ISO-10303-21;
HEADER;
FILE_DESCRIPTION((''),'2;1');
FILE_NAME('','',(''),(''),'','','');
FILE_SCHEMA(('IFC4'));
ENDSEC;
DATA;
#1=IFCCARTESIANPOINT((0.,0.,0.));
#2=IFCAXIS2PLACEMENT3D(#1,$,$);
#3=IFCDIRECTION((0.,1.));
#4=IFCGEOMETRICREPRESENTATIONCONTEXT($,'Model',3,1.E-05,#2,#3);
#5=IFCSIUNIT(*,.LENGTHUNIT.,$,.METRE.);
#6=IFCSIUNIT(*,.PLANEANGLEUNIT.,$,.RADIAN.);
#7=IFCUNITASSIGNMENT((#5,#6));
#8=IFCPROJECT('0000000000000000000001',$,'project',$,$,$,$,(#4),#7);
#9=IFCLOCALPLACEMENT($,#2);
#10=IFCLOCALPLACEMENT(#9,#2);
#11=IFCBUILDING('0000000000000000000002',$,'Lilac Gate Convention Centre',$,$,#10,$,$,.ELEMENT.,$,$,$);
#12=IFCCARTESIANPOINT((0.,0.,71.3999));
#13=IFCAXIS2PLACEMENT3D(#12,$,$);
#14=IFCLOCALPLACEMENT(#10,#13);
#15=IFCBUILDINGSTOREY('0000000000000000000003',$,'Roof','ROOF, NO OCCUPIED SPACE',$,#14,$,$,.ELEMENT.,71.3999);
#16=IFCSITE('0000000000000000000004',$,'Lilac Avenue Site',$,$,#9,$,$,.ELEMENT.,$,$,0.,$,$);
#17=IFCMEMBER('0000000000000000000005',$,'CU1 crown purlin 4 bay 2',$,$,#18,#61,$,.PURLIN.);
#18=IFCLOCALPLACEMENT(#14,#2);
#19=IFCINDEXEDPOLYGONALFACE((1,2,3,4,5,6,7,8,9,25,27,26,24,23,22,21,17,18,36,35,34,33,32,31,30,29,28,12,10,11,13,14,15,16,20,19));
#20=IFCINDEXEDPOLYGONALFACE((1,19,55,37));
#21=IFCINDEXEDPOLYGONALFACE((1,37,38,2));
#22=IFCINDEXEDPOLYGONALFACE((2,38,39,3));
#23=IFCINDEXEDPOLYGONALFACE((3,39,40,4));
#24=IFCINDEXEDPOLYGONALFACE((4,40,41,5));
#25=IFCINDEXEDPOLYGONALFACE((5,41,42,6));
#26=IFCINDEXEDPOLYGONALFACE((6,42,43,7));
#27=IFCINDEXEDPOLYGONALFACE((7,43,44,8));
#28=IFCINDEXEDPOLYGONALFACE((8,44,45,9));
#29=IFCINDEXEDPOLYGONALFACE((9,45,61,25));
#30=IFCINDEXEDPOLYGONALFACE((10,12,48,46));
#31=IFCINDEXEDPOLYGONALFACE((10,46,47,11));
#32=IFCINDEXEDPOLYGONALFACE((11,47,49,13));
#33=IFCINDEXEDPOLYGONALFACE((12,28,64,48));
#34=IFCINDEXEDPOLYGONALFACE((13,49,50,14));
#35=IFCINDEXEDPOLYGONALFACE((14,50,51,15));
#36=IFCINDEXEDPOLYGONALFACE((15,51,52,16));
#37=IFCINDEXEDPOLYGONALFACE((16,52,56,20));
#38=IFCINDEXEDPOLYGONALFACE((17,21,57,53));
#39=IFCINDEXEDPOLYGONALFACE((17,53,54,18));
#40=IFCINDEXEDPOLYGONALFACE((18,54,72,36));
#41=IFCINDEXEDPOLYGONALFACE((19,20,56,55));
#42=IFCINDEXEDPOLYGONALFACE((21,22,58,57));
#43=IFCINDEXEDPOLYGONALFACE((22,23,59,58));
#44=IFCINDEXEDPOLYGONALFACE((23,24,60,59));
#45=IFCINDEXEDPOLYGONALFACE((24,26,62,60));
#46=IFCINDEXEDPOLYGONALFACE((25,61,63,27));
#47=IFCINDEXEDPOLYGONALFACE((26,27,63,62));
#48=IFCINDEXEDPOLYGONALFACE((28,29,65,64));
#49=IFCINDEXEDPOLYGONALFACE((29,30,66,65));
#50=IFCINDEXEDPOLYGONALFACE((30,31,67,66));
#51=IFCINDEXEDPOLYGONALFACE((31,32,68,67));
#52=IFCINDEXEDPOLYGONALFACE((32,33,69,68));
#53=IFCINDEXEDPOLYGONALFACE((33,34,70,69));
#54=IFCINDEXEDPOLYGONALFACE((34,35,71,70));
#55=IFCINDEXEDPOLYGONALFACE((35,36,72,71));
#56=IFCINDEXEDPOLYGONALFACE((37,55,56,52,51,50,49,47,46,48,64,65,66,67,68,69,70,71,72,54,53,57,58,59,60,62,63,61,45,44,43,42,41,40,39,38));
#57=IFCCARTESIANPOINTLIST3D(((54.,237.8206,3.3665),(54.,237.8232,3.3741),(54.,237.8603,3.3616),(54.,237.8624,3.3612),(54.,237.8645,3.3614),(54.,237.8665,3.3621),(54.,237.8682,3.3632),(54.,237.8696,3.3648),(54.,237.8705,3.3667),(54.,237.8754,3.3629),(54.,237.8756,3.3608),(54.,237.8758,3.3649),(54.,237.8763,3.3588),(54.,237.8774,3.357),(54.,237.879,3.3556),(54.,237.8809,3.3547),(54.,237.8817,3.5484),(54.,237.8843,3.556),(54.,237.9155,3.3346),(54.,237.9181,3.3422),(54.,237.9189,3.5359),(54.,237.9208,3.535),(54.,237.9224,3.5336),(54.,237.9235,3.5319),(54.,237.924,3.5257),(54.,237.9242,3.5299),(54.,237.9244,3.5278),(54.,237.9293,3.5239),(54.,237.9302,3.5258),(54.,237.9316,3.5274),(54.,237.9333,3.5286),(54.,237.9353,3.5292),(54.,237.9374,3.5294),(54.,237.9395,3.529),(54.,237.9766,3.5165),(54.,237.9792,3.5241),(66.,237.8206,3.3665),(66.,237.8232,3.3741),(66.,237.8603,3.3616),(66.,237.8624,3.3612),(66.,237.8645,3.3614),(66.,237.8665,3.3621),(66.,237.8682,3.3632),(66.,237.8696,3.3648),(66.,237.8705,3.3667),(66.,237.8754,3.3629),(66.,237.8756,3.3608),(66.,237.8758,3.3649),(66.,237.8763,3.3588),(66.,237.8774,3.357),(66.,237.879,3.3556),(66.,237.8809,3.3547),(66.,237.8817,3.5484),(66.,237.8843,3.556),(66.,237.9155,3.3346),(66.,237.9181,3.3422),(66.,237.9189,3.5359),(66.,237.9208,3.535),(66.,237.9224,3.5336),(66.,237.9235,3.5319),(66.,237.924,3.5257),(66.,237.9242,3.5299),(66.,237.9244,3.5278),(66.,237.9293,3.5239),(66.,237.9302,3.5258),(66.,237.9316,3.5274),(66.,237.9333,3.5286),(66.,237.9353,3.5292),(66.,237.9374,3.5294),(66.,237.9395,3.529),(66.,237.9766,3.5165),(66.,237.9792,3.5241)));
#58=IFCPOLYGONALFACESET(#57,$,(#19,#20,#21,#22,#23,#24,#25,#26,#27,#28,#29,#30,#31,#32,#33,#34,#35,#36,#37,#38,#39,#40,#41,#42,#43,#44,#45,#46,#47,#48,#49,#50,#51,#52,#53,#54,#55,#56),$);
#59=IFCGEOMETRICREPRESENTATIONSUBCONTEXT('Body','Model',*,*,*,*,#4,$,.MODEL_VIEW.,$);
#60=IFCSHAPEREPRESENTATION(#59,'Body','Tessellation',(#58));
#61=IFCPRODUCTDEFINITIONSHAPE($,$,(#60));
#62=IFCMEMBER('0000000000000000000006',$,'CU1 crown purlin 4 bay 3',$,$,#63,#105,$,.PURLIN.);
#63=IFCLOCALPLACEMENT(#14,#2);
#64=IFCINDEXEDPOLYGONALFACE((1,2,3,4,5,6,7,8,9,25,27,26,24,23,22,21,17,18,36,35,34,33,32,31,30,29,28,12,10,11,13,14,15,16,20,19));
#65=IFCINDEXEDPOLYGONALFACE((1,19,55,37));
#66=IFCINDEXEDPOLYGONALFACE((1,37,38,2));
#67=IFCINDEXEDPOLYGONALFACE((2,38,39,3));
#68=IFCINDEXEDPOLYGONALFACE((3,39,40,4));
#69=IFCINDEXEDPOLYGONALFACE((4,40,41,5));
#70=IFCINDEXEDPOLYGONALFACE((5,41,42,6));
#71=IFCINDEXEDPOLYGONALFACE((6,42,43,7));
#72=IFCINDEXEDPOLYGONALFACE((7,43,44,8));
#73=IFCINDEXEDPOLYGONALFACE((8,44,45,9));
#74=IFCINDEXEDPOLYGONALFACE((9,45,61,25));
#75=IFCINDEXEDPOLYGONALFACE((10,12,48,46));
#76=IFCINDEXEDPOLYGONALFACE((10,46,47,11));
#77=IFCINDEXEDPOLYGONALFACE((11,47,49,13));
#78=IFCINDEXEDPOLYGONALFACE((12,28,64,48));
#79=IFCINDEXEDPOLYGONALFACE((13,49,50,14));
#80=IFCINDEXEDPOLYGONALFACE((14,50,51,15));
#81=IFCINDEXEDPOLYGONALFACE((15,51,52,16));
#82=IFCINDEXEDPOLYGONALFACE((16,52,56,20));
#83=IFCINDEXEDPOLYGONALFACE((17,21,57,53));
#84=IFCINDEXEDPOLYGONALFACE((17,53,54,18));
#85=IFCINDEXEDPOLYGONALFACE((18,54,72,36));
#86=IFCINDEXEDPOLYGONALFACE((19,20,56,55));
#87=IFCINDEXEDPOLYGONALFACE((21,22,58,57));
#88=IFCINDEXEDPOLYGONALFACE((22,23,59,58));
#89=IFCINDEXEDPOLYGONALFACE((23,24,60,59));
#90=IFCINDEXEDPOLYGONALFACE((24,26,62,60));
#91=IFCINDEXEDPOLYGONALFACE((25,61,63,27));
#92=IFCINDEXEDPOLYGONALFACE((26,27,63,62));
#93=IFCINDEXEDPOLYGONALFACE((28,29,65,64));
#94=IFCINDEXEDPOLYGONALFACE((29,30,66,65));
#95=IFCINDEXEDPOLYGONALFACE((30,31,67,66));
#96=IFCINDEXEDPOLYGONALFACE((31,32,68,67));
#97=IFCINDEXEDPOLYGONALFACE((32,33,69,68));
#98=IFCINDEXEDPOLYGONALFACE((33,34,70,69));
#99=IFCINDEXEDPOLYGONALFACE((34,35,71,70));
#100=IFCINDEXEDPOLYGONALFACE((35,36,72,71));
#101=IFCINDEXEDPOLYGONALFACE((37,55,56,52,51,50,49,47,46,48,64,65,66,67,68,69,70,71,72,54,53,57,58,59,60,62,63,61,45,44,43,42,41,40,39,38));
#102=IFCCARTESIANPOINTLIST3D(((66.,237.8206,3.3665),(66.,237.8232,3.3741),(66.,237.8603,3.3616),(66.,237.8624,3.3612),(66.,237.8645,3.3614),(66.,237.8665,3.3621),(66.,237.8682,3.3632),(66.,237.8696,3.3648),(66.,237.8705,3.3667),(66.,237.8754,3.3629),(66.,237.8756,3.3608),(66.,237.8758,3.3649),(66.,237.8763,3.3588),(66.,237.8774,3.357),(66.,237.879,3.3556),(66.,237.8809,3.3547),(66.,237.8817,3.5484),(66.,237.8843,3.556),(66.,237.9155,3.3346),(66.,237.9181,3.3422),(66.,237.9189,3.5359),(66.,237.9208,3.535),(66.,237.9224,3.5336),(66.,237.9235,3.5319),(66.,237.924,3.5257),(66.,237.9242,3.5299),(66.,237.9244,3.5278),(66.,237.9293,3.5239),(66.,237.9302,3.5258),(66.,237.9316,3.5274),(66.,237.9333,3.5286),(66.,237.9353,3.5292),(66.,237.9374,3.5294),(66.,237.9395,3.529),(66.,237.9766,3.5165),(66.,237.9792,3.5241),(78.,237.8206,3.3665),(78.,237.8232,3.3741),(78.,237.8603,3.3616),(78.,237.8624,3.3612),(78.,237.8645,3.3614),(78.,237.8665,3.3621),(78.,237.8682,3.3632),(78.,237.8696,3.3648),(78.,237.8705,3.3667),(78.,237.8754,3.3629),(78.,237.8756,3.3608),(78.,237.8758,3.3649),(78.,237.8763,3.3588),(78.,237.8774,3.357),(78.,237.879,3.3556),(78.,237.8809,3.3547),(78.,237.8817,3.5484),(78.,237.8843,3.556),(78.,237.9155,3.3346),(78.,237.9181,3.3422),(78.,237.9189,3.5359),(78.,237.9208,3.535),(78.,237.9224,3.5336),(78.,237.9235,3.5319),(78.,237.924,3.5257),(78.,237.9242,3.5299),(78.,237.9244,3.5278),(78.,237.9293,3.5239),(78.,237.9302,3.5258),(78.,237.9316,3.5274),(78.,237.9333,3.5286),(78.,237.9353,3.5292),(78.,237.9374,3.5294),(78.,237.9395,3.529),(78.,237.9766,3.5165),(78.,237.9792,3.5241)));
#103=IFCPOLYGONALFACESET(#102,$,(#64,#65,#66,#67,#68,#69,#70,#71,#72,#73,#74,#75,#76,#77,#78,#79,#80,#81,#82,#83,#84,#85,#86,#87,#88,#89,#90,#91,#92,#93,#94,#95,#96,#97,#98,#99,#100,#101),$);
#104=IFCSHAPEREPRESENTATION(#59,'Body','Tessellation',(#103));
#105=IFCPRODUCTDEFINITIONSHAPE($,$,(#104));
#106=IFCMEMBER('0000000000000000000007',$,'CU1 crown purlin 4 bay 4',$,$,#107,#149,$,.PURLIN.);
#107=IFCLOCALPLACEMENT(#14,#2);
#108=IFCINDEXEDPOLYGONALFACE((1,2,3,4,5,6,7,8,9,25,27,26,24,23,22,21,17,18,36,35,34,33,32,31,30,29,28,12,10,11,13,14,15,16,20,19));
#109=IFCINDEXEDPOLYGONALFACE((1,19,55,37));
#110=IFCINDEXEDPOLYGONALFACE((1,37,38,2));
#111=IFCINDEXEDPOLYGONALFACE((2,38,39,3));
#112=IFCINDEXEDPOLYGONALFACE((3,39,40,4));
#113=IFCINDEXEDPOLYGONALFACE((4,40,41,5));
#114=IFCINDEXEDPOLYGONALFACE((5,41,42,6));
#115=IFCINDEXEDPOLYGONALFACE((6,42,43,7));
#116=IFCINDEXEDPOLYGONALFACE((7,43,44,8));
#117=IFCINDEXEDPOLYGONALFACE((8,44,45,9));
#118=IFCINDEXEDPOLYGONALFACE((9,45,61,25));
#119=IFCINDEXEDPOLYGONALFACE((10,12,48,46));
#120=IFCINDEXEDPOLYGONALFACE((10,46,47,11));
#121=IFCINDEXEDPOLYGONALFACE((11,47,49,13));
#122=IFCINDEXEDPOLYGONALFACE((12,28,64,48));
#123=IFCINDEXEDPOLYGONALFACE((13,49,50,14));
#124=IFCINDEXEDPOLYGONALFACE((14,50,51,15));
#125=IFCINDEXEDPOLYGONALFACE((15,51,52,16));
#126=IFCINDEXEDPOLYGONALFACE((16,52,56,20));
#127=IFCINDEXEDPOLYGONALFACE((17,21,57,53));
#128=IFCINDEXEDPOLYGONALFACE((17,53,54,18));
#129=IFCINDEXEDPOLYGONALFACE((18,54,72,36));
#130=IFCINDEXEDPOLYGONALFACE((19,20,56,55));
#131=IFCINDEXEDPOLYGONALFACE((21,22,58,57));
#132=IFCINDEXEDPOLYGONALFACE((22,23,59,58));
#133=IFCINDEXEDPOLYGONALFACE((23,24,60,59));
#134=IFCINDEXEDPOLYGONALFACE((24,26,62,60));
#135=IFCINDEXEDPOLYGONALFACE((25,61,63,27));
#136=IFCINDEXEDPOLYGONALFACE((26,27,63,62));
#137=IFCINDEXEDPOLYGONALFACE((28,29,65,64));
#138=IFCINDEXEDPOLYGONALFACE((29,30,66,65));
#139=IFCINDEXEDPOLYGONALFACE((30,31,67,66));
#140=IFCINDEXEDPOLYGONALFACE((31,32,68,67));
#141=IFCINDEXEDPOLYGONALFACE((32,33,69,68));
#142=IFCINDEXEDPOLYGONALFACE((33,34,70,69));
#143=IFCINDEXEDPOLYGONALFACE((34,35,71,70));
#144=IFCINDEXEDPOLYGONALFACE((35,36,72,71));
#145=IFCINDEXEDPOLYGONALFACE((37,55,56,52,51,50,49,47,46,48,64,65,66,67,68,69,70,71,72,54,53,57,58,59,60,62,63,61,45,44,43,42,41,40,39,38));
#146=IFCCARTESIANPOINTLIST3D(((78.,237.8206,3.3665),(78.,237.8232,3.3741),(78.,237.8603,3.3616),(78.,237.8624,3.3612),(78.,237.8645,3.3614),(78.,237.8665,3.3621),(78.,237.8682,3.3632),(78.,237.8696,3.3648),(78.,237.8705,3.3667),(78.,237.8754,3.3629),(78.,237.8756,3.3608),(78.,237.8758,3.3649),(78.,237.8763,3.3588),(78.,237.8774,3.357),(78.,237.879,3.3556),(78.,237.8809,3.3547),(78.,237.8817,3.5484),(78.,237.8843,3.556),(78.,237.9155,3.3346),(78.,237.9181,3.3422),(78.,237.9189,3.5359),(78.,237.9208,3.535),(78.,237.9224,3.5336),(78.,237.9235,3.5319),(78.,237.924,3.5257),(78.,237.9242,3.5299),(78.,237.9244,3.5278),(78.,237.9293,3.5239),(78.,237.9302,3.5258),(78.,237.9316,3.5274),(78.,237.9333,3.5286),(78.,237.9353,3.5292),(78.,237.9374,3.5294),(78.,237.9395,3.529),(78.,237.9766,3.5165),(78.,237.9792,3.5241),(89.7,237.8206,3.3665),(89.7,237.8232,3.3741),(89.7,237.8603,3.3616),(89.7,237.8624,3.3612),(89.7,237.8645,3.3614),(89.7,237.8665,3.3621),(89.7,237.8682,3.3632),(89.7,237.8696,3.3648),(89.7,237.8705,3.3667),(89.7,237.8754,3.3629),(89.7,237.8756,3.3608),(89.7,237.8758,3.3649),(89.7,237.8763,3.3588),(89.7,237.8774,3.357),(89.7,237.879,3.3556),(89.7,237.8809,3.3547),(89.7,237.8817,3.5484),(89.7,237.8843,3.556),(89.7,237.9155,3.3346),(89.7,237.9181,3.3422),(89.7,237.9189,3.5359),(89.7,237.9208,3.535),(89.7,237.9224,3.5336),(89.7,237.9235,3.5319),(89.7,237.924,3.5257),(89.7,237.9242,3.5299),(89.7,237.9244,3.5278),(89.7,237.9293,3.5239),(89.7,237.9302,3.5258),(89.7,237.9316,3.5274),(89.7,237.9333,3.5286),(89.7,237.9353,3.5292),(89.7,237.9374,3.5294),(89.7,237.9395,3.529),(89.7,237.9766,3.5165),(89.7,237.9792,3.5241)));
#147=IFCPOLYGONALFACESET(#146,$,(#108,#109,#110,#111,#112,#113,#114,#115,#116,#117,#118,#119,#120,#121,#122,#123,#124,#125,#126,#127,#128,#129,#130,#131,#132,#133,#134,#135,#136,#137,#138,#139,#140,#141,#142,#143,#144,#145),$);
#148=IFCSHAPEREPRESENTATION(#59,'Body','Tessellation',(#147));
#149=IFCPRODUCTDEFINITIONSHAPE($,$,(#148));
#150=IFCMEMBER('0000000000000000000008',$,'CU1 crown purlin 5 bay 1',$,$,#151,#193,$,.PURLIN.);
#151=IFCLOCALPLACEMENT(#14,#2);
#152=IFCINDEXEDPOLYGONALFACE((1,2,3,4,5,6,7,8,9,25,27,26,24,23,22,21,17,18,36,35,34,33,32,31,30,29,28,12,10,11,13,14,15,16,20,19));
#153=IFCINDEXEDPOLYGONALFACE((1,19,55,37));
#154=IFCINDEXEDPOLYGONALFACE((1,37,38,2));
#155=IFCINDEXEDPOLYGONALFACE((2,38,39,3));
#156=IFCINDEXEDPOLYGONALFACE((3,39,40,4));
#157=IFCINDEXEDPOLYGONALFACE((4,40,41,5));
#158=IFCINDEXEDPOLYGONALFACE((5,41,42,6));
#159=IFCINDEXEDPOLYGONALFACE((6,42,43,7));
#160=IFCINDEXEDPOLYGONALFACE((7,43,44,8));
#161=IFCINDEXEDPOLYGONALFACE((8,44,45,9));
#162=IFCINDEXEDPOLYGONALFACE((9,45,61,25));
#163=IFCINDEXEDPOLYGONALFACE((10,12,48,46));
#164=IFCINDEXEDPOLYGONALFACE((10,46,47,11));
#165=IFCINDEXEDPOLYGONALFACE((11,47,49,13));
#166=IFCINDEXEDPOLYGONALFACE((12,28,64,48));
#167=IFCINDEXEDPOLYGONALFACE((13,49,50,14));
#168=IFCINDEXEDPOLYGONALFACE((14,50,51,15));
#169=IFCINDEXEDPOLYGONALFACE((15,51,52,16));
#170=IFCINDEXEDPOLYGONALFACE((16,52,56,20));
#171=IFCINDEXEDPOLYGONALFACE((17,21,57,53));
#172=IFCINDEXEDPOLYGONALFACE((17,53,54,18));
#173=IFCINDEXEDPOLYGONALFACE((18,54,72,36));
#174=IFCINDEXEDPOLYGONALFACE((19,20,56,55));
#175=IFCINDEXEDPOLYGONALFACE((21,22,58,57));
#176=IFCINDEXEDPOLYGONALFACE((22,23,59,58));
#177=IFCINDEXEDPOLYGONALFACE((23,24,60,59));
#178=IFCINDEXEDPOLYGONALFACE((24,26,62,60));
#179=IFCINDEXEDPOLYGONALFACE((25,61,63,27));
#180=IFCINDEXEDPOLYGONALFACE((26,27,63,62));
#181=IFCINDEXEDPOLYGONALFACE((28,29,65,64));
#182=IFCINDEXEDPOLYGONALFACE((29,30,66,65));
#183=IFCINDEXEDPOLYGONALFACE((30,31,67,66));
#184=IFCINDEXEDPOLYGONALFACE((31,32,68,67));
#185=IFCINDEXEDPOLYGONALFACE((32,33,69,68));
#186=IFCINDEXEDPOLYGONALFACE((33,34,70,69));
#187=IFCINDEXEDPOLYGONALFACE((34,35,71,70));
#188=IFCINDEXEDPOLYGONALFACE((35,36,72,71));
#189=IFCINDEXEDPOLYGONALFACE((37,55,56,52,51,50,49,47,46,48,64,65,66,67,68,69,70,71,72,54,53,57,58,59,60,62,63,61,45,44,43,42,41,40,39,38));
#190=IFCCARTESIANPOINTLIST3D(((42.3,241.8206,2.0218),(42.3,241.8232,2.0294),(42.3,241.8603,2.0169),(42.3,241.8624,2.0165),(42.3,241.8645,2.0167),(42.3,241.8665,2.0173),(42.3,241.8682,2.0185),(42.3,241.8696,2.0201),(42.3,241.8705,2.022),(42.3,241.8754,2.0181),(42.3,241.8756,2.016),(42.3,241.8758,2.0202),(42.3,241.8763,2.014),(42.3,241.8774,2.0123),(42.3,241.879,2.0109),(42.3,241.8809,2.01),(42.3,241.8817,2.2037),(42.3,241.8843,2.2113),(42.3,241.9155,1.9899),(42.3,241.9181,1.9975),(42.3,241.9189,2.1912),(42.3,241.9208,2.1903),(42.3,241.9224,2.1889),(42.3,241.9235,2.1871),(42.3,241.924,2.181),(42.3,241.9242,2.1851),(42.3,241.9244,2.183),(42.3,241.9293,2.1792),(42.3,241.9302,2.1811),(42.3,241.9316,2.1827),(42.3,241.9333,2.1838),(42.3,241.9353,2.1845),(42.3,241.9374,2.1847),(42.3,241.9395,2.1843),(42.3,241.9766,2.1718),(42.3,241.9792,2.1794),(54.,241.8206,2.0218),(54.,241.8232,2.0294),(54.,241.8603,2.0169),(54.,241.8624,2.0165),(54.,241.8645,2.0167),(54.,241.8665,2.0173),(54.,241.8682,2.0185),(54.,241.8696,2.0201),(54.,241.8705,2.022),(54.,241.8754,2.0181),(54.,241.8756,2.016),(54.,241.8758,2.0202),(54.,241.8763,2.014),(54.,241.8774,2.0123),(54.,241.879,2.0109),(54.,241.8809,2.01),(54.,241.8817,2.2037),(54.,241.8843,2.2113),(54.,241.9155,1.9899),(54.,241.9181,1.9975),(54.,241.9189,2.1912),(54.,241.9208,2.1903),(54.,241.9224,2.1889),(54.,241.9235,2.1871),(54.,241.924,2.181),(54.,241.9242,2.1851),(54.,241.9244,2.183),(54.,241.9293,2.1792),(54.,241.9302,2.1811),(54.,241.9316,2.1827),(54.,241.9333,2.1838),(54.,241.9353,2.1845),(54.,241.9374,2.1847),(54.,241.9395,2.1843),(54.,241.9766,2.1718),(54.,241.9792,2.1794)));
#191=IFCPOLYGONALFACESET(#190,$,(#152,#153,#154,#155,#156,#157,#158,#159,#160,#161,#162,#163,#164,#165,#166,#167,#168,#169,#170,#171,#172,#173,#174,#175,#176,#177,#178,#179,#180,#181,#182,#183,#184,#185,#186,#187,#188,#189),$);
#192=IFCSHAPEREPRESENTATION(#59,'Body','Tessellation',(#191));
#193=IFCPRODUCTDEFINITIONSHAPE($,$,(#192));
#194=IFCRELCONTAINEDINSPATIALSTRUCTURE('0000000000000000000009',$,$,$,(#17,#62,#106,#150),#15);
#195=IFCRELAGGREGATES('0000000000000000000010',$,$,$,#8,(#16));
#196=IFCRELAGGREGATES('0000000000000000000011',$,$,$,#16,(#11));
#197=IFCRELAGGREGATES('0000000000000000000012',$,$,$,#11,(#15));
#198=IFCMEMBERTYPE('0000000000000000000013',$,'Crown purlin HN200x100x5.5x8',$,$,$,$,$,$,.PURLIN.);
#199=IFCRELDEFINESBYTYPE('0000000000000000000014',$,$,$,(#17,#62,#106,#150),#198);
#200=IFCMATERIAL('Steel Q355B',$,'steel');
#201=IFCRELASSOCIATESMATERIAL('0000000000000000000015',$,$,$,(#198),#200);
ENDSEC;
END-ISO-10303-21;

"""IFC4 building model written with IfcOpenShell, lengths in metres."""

from ifc_helpers import new_model, si_unit, direction, frame, origin, origin_2d, place, context, subcontext, project, spatial, i_section, extrude, material, material_profile, profile_set, type_object, element, save


model = new_model("IFC4")

# Units and contexts
model_context = context("Model", 3, precision=1e-05, world=origin(), true_north=direction((0.0, 1.0)))
body_context = subcontext(model_context, "Body", "Model", "MODEL_VIEW")
ifc_project = project(units=[si_unit("LENGTHUNIT", "METRE"), si_unit("PLANEANGLEUNIT", "RADIAN")], contexts=[model_context])

# Site, building, storey
site_placement = place(None, origin())
site = spatial("IfcSite", under=ifc_project, at=site_placement, Name="Lilac Avenue Site", CompositionType="ELEMENT", RefElevation=0.0)
building_placement = place(site_placement, origin())
building = spatial("IfcBuilding", under=site, at=building_placement, Name="Lilac Gate Convention Centre", CompositionType="ELEMENT")
storey_placement = place(building_placement, frame((0.0, 0.0, 71.3999)))
storey = spatial("IfcBuildingStorey", under=building, at=storey_placement, Name="Roof", Description="ROOF, NO OCCUPIED SPACE", CompositionType="ELEMENT", Elevation=71.3999)

# Members
ifc_material_1 = material(Name="Steel Q355B", Category="steel")
ifc_material_profile_1 = material_profile(ifc_material_1, i_section(OverallWidth=0.1001, OverallDepth=0.2, WebThickness=0.0056, FlangeThickness=0.0081, FilletRadius=0.0081, at=origin_2d()), Name="HN200x100x5.5x8")
ifc_profile_set_1 = profile_set([ifc_material_profile_1], Name="Steel Q355B")
member_type_1 = type_object("IfcMemberType", Name="Crown purlin HN200x100x5.5x8", PredefinedType="PURLIN", material=ifc_profile_set_1)
for number, where, z_axis, x_axis, name in (
    (1, (54.0, 237.8999, 3.4453), (1.0, 0.0, 0.0), (0.0, 0.947884, -0.318616), "CU1 crown purlin 4 bay 2"),
    (2, (66.0, 237.8999, 3.4453), (1.0, 0.0, 0.0), (0.0, 0.947884, -0.318616), "CU1 crown purlin 4 bay 3"),
):
    element("IfcMember", number, at=place(storey_placement, frame(where, z_axis=z_axis, x_axis=x_axis)), inside=storey, type_object=member_type_1, Name=name, PredefinedType="PURLIN", context=body_context, shape_type="SweptSolid", body=[
        extrude(i_section(OverallWidth=0.1001, OverallDepth=0.2, WebThickness=0.0056, FlangeThickness=0.0081, FilletRadius=0.0081, at=origin_2d()), origin(), (0.0, 0.0, 1.0), 12.0),
    ])
for number, where, z_axis, x_axis, name in (
    (3, (78.0, 237.8999, 3.4453), (1.0, 0.0, 0.0), (0.0, 0.947884, -0.318616), "CU1 crown purlin 4 bay 4"),
    (4, (42.3, 241.8999, 2.1006), (1.0, 0.0, 0.0), (0.0, 0.947884, -0.318616), "CU1 crown purlin 5 bay 1"),
):
    element("IfcMember", number, at=place(storey_placement, frame(where, z_axis=z_axis, x_axis=x_axis)), inside=storey, type_object=member_type_1, Name=name, PredefinedType="PURLIN", context=body_context, shape_type="SweptSolid", body=[
        extrude(i_section(OverallWidth=0.1001, OverallDepth=0.2, WebThickness=0.0056, FlangeThickness=0.0081, FilletRadius=0.0081, at=origin_2d()), origin(), (0.0, 0.0, 1.0), 11.7),
    ])

save(model, "model.ifc")
